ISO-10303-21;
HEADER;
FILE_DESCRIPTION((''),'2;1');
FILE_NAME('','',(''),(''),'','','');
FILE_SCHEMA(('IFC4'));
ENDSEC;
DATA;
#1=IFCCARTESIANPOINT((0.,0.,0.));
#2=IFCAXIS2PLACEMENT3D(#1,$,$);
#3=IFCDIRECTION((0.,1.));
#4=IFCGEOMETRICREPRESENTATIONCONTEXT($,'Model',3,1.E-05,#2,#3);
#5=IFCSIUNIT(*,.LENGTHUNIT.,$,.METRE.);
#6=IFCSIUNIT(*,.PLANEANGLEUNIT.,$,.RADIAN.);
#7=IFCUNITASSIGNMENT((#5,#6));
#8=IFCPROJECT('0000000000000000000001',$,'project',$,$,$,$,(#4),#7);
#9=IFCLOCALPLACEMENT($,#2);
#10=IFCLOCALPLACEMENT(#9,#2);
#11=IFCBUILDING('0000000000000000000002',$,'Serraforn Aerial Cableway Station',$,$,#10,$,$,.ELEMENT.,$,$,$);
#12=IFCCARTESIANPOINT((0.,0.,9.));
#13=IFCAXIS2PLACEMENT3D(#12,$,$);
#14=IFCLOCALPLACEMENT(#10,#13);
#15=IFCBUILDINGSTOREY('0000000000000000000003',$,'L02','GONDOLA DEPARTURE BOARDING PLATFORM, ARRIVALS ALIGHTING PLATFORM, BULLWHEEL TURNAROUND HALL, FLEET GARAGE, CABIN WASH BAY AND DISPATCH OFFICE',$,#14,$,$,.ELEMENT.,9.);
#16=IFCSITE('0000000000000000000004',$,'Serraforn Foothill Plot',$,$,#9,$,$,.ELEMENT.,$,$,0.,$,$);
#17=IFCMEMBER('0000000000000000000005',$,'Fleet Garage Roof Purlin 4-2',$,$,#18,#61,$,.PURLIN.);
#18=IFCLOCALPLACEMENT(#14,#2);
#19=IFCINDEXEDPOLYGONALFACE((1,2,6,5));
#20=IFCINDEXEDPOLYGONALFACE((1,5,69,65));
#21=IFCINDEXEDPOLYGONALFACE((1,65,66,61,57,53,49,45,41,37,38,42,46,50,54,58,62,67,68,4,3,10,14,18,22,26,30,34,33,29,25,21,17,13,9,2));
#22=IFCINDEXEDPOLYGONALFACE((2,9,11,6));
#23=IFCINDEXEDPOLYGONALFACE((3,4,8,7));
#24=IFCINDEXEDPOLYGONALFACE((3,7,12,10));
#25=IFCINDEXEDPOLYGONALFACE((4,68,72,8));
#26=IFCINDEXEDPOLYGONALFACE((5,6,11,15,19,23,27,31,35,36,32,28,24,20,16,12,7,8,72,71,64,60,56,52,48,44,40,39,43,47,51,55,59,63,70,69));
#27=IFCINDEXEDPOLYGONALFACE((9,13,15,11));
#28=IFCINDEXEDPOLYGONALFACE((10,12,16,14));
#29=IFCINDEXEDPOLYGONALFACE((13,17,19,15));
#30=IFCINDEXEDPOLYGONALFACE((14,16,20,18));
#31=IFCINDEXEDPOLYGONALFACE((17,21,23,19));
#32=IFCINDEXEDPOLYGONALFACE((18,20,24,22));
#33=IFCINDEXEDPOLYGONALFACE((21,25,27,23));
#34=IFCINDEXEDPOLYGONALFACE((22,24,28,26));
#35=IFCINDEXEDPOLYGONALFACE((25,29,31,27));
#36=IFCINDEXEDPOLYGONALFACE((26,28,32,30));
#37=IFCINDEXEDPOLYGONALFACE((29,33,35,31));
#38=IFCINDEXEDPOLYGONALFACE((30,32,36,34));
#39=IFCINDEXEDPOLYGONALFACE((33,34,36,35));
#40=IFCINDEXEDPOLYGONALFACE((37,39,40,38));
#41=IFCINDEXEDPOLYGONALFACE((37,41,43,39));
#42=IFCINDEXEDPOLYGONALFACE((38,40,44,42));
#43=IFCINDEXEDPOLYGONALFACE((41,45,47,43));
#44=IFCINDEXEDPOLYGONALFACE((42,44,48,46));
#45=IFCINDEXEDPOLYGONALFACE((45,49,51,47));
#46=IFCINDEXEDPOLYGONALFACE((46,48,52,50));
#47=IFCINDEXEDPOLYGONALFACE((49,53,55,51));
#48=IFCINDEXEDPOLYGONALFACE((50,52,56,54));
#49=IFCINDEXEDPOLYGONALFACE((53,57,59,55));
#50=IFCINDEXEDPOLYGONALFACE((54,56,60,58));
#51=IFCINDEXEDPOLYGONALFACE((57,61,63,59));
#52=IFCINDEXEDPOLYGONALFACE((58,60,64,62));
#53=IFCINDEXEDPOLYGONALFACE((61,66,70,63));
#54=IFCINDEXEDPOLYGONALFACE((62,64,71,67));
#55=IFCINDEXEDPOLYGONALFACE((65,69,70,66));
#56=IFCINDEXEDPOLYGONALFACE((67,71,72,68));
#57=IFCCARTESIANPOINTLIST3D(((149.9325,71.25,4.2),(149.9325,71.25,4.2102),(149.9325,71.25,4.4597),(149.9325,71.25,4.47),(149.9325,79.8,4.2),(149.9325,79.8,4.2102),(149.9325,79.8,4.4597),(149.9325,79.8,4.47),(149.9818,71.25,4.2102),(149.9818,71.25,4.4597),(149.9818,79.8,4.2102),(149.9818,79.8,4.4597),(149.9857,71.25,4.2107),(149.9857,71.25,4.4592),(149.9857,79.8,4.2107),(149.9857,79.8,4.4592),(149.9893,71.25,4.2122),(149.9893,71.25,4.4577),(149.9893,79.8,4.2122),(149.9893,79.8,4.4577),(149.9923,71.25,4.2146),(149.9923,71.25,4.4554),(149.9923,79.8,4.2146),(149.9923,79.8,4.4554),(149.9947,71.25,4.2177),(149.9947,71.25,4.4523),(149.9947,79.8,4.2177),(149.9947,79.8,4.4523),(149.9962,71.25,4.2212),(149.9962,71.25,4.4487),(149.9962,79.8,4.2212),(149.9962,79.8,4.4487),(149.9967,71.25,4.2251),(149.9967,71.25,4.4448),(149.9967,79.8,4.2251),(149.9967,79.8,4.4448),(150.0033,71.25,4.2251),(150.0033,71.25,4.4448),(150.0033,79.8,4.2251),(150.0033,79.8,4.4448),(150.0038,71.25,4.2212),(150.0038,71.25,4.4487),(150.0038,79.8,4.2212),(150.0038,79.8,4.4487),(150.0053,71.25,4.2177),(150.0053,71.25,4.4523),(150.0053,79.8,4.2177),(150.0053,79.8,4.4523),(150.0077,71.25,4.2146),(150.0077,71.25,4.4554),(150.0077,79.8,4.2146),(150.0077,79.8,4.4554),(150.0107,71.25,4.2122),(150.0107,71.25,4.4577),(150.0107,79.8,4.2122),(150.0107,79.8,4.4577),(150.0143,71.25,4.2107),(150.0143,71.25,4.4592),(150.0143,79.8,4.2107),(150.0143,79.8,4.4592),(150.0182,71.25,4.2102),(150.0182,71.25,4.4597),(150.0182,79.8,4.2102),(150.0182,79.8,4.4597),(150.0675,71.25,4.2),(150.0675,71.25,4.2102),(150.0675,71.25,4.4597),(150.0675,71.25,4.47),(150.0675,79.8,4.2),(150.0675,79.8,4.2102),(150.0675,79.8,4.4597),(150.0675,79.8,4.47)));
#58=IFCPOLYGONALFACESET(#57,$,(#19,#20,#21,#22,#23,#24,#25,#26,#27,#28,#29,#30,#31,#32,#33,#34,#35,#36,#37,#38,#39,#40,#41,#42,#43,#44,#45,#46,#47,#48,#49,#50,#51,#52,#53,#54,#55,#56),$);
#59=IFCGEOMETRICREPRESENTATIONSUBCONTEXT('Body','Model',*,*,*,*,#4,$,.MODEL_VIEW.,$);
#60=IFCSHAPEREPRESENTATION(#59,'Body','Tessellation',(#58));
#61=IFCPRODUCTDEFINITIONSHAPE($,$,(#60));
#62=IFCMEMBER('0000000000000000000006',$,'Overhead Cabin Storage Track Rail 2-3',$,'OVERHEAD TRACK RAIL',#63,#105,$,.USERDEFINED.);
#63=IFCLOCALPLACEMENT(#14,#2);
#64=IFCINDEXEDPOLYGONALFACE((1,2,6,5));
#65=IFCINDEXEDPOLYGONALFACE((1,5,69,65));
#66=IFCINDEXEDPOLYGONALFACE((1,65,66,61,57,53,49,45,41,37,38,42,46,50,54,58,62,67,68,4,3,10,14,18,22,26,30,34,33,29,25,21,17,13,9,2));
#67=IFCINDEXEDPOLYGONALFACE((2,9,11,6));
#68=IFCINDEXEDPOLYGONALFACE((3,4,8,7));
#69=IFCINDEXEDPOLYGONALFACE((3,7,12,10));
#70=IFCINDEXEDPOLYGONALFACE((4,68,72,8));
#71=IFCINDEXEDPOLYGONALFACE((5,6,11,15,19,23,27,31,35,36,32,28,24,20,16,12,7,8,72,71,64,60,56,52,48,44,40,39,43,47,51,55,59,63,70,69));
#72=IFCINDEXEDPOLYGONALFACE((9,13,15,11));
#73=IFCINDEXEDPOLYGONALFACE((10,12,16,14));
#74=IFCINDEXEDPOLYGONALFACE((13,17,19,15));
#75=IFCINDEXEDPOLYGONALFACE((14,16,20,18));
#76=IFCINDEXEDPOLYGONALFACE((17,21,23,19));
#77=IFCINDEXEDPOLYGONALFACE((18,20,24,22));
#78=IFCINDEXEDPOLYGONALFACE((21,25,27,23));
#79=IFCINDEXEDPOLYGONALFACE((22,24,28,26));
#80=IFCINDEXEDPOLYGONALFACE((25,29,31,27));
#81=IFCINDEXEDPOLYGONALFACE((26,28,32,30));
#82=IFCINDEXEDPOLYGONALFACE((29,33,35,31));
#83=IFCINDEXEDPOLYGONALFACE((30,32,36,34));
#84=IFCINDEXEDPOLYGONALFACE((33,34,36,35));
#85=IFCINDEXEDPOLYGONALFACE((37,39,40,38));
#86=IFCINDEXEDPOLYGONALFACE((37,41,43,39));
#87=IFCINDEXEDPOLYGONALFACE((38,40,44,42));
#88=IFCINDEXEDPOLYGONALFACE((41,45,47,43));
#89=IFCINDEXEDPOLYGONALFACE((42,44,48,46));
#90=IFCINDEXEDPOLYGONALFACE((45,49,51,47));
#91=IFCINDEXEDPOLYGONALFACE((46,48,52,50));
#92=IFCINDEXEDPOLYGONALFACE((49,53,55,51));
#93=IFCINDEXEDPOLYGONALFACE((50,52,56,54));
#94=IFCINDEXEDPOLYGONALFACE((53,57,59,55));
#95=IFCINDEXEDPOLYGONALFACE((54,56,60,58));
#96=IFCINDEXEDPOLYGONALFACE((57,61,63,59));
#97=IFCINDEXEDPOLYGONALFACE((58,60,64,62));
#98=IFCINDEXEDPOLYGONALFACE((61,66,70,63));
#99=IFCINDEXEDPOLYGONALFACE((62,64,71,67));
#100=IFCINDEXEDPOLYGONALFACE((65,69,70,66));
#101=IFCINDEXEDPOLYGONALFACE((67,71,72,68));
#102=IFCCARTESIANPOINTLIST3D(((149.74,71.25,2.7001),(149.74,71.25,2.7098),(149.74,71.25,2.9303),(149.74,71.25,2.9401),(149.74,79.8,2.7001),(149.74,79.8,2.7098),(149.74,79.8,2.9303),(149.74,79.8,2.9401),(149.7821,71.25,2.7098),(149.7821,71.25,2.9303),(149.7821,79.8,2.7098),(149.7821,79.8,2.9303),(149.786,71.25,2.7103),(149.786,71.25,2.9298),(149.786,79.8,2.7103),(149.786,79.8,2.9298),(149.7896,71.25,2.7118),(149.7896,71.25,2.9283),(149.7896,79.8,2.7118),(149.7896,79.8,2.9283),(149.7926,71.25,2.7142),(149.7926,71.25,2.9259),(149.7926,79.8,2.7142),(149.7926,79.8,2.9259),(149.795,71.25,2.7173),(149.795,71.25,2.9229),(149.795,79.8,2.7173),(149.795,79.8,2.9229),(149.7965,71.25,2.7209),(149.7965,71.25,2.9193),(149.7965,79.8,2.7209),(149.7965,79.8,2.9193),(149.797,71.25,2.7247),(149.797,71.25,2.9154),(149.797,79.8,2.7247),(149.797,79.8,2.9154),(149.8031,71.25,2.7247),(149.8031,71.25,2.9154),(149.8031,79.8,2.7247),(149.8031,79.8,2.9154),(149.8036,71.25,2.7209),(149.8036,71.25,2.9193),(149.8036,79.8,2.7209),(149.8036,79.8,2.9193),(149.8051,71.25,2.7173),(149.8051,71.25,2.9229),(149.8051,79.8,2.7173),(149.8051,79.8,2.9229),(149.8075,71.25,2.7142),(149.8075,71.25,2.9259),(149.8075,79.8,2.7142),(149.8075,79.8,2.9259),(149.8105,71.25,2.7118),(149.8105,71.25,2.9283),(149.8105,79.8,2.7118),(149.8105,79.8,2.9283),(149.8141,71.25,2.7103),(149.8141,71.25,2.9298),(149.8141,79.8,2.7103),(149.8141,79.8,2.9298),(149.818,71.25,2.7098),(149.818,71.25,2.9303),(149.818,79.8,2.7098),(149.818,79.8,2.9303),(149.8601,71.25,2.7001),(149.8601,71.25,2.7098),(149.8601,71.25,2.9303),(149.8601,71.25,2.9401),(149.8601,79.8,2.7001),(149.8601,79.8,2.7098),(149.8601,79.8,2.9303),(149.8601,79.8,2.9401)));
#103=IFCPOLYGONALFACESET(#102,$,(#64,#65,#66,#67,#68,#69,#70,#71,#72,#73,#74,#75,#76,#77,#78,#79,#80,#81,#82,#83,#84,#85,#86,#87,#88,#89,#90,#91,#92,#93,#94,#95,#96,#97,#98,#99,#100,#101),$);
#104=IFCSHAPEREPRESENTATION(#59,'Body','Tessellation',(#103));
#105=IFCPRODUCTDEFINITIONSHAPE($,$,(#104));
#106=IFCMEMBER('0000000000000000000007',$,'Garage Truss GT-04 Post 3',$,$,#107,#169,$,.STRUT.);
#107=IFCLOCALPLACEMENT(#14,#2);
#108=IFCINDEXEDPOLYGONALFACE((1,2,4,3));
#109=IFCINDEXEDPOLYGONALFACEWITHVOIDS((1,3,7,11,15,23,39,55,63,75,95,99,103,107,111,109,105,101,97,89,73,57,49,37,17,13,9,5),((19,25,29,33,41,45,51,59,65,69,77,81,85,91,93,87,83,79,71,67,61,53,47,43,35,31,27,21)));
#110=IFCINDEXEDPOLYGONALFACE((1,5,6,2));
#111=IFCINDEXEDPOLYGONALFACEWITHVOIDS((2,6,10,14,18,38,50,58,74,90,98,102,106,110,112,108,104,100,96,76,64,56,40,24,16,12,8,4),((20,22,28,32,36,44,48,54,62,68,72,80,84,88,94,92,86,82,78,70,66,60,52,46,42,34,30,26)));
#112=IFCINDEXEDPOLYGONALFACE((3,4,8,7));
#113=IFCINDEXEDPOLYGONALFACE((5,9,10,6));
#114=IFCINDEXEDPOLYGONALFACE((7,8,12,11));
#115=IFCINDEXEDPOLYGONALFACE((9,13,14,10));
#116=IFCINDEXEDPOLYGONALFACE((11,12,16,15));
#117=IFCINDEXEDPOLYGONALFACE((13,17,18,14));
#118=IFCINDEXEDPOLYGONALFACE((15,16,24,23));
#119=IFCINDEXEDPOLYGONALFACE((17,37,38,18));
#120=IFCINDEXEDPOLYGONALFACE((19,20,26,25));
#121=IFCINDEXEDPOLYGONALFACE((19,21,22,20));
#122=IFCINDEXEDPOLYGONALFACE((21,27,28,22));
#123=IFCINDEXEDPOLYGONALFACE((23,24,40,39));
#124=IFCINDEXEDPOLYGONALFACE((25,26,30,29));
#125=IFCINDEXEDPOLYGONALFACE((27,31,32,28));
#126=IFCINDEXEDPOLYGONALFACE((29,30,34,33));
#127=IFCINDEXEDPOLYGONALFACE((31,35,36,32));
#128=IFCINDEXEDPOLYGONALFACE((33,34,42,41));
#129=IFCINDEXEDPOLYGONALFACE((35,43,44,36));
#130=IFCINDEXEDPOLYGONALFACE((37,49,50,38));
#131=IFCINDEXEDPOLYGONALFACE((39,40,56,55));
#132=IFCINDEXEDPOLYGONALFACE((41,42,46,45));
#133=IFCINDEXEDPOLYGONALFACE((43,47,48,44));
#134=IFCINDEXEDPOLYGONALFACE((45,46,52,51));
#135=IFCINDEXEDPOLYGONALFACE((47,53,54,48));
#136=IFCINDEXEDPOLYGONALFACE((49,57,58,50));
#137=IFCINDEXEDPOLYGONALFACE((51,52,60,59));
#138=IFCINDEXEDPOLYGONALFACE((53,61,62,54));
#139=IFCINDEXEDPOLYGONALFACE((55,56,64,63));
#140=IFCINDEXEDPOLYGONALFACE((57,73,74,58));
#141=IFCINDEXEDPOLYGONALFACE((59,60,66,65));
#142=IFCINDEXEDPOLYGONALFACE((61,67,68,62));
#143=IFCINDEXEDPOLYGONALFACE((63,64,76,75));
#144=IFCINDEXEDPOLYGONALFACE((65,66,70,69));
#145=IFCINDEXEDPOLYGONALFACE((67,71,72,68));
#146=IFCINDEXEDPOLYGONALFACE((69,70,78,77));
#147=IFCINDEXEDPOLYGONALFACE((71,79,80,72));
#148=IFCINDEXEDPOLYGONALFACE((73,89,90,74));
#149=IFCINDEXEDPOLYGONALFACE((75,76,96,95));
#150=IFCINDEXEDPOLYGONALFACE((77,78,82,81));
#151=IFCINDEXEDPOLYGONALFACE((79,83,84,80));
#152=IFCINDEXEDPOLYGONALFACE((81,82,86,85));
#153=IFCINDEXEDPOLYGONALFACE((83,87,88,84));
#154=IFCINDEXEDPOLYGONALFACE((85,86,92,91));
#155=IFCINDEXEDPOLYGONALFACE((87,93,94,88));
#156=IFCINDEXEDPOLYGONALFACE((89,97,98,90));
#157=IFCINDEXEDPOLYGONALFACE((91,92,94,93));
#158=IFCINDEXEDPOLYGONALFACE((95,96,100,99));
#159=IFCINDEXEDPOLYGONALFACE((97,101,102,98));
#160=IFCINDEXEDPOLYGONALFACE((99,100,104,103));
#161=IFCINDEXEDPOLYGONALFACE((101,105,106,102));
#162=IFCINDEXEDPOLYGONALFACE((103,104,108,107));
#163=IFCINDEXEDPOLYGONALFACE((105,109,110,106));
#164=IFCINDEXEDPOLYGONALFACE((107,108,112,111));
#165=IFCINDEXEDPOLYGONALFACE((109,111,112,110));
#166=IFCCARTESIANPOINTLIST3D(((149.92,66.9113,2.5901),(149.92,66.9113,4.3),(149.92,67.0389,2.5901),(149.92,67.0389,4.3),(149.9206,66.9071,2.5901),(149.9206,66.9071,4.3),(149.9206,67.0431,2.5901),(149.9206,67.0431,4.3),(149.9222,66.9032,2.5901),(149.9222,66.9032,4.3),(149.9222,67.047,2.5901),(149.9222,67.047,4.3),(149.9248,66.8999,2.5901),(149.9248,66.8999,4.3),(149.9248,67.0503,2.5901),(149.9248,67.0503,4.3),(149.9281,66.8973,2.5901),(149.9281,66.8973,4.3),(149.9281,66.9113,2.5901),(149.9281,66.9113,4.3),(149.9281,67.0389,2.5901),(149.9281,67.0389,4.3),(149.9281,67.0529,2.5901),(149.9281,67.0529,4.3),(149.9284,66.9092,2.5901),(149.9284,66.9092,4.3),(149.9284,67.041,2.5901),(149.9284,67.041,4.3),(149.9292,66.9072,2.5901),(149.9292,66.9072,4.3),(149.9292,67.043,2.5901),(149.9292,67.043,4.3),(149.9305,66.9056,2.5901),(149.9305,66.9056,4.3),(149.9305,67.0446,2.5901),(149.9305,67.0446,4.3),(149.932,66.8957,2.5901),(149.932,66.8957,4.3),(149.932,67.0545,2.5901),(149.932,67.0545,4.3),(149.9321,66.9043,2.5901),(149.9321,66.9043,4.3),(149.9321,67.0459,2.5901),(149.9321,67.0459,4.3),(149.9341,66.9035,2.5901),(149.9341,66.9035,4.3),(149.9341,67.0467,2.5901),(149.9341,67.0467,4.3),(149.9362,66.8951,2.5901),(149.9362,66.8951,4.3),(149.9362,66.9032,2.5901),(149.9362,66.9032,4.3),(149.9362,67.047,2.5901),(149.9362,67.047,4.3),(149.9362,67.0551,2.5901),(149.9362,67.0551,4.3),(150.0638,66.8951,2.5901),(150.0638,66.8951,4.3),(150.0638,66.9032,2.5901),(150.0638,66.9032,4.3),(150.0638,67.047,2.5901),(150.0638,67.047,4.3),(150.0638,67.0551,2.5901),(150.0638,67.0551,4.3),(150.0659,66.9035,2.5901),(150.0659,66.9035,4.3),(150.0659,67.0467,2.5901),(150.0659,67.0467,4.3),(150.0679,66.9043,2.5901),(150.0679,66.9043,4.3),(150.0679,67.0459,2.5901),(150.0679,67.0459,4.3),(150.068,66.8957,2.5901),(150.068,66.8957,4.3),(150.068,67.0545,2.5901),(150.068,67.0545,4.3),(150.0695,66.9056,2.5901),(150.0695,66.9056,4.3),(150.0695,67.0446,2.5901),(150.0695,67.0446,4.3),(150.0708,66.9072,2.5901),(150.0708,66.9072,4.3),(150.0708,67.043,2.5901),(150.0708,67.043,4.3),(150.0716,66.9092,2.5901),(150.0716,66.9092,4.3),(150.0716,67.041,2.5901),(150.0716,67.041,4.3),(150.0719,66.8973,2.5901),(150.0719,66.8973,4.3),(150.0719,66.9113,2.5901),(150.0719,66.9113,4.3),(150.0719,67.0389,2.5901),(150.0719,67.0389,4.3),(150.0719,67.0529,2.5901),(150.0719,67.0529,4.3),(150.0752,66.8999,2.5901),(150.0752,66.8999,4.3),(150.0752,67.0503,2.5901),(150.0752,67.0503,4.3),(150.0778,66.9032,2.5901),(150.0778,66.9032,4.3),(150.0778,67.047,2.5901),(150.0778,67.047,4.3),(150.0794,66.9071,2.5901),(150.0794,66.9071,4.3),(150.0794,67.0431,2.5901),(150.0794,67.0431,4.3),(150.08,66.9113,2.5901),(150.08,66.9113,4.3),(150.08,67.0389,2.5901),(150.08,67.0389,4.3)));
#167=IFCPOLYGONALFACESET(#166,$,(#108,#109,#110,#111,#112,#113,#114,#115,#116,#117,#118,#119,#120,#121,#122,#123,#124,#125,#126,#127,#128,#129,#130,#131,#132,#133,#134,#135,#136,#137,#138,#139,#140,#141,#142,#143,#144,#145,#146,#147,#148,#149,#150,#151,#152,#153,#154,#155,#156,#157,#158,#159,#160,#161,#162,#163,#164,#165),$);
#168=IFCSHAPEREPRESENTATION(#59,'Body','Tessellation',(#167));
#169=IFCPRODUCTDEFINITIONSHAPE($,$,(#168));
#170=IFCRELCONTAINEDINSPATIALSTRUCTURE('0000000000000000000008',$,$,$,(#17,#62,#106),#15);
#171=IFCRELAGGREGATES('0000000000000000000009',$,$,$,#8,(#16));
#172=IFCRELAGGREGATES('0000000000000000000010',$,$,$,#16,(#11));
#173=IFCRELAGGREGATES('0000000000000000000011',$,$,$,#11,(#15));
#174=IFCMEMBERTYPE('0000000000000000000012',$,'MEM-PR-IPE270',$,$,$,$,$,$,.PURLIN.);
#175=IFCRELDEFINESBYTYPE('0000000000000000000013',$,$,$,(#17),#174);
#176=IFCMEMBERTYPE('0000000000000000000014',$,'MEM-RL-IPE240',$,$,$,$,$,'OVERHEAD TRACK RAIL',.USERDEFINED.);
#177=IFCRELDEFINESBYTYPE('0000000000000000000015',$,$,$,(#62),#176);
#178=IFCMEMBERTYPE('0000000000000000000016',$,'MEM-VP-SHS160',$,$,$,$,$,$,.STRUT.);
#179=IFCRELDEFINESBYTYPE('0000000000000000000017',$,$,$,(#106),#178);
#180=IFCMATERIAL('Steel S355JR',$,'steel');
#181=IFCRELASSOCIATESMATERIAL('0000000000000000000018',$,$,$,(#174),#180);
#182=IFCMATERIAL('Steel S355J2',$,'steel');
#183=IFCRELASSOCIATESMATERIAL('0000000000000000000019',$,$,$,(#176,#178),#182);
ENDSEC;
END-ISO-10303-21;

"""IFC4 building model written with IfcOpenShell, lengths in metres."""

from ifc_helpers import new_model, si_unit, direction, frame, origin, origin_2d, place, context, subcontext, project, spatial, hollow_rectangle, i_section, extrude, material, material_profile, profile_set, type_object, element, save


model = new_model("IFC4")

# Units and contexts
model_context = context("Model", 3, precision=1e-05, world=origin(), true_north=direction((0.0, 1.0)))
body_context = subcontext(model_context, "Body", "Model", "MODEL_VIEW")
ifc_project = project(units=[si_unit("LENGTHUNIT", "METRE"), si_unit("PLANEANGLEUNIT", "RADIAN")], contexts=[model_context])

# Site, building, storey
site_placement = place(None, origin())
site = spatial("IfcSite", under=ifc_project, at=site_placement, Name="Serraforn Foothill Plot", CompositionType="ELEMENT", RefElevation=0.0)
building_placement = place(site_placement, origin())
building = spatial("IfcBuilding", under=site, at=building_placement, Name="Serraforn Aerial Cableway Station", CompositionType="ELEMENT")
storey_placement = place(building_placement, frame((0.0, 0.0, 9.0)))
storey = spatial("IfcBuildingStorey", under=building, at=storey_placement, Name="L02", Description="GONDOLA DEPARTURE BOARDING PLATFORM, ARRIVALS ALIGHTING PLATFORM, BULLWHEEL TURNAROUND HALL, FLEET GARAGE, CABIN WASH BAY AND DISPATCH OFFICE", CompositionType="ELEMENT", Elevation=9.0)

# Members
ifc_material_1 = material(Name="Steel S355J2", Category="steel")
ifc_material_2 = material(Name="Steel S355JR", Category="steel")
ifc_material_profile_1 = material_profile(ifc_material_2, i_section(OverallWidth=0.135, OverallDepth=0.27, WebThickness=0.0066, FlangeThickness=0.0103, FilletRadius=0.0149, at=origin_2d()), Name="IPE 270")
ifc_profile_set_1 = profile_set([ifc_material_profile_1], Name="Steel S355JR")
member_type_1 = type_object("IfcMemberType", Name="MEM-PR-IPE270", PredefinedType="PURLIN", material=ifc_profile_set_1)
member_1_placement = place(storey_placement, frame((150.0, 71.25, 4.335), z_axis=(0.0, 1.0, 0.0), x_axis=(-1.0, 0.0, 0.0)))
element("IfcMember", 1, at=member_1_placement, inside=storey, type_object=member_type_1, Name="Fleet Garage Roof Purlin 4-2", PredefinedType="PURLIN", context=body_context, shape_type="SweptSolid", body=[
    extrude(i_section(OverallWidth=0.135, OverallDepth=0.27, WebThickness=0.0066, FlangeThickness=0.0103, FilletRadius=0.0149, at=origin_2d()), origin(), (0.0, 0.0, 1.0), 8.55),
])
ifc_material_profile_2 = material_profile(ifc_material_1, i_section(OverallWidth=0.1201, OverallDepth=0.24, WebThickness=0.0061, FlangeThickness=0.0098, FilletRadius=0.0149, at=origin_2d()), Name="IPE 240")
ifc_profile_set_2 = profile_set([ifc_material_profile_2], Name="Steel S355J2")
member_type_2 = type_object("IfcMemberType", Name="MEM-RL-IPE240", ElementType="OVERHEAD TRACK RAIL", PredefinedType="USERDEFINED", material=ifc_profile_set_2)
member_2_placement = place(storey_placement, frame((149.8, 71.25, 2.8201), z_axis=(0.0, 1.0, 0.0), x_axis=(-1.0, 0.0, 0.0)))
element("IfcMember", 2, at=member_2_placement, inside=storey, type_object=member_type_2, Name="Overhead Cabin Storage Track Rail 2-3", ObjectType="OVERHEAD TRACK RAIL", PredefinedType="USERDEFINED", context=body_context, shape_type="SweptSolid", body=[
    extrude(i_section(OverallWidth=0.1201, OverallDepth=0.24, WebThickness=0.0061, FlangeThickness=0.0098, FilletRadius=0.0149, at=origin_2d()), origin(), (0.0, 0.0, 1.0), 8.55),
])
ifc_material_profile_3 = material_profile(ifc_material_1, hollow_rectangle(XDim=0.1599, YDim=0.1599, WallThickness=0.0081, InnerFilletRadius=0.0081, OuterFilletRadius=0.0161, at=origin_2d()), Name="SHS 160x160x8.0")
ifc_profile_set_3 = profile_set([ifc_material_profile_3], Name="Steel S355J2")
member_type_3 = type_object("IfcMemberType", Name="MEM-VP-SHS160", PredefinedType="STRUT", material=ifc_profile_set_3)
for number, where, z_axis, x_axis, name in (
    (3, (150.0, 66.9751, 2.5901), (0.0, 0.0, 1.0), (1.0, 0.0, 0.0), "Garage Truss GT-04 Post 3"),
):
    element("IfcMember", number, at=place(storey_placement, frame(where, z_axis=z_axis, x_axis=x_axis)), inside=storey, type_object=member_type_3, Name=name, PredefinedType="STRUT", context=body_context, shape_type="SweptSolid", body=[
        extrude(hollow_rectangle(XDim=0.1599, YDim=0.1599, WallThickness=0.0081, InnerFilletRadius=0.0081, OuterFilletRadius=0.0161, at=origin_2d()), origin(), (0.0, 0.0, 1.0), 1.71),
    ])

save(model, "model.ifc")
